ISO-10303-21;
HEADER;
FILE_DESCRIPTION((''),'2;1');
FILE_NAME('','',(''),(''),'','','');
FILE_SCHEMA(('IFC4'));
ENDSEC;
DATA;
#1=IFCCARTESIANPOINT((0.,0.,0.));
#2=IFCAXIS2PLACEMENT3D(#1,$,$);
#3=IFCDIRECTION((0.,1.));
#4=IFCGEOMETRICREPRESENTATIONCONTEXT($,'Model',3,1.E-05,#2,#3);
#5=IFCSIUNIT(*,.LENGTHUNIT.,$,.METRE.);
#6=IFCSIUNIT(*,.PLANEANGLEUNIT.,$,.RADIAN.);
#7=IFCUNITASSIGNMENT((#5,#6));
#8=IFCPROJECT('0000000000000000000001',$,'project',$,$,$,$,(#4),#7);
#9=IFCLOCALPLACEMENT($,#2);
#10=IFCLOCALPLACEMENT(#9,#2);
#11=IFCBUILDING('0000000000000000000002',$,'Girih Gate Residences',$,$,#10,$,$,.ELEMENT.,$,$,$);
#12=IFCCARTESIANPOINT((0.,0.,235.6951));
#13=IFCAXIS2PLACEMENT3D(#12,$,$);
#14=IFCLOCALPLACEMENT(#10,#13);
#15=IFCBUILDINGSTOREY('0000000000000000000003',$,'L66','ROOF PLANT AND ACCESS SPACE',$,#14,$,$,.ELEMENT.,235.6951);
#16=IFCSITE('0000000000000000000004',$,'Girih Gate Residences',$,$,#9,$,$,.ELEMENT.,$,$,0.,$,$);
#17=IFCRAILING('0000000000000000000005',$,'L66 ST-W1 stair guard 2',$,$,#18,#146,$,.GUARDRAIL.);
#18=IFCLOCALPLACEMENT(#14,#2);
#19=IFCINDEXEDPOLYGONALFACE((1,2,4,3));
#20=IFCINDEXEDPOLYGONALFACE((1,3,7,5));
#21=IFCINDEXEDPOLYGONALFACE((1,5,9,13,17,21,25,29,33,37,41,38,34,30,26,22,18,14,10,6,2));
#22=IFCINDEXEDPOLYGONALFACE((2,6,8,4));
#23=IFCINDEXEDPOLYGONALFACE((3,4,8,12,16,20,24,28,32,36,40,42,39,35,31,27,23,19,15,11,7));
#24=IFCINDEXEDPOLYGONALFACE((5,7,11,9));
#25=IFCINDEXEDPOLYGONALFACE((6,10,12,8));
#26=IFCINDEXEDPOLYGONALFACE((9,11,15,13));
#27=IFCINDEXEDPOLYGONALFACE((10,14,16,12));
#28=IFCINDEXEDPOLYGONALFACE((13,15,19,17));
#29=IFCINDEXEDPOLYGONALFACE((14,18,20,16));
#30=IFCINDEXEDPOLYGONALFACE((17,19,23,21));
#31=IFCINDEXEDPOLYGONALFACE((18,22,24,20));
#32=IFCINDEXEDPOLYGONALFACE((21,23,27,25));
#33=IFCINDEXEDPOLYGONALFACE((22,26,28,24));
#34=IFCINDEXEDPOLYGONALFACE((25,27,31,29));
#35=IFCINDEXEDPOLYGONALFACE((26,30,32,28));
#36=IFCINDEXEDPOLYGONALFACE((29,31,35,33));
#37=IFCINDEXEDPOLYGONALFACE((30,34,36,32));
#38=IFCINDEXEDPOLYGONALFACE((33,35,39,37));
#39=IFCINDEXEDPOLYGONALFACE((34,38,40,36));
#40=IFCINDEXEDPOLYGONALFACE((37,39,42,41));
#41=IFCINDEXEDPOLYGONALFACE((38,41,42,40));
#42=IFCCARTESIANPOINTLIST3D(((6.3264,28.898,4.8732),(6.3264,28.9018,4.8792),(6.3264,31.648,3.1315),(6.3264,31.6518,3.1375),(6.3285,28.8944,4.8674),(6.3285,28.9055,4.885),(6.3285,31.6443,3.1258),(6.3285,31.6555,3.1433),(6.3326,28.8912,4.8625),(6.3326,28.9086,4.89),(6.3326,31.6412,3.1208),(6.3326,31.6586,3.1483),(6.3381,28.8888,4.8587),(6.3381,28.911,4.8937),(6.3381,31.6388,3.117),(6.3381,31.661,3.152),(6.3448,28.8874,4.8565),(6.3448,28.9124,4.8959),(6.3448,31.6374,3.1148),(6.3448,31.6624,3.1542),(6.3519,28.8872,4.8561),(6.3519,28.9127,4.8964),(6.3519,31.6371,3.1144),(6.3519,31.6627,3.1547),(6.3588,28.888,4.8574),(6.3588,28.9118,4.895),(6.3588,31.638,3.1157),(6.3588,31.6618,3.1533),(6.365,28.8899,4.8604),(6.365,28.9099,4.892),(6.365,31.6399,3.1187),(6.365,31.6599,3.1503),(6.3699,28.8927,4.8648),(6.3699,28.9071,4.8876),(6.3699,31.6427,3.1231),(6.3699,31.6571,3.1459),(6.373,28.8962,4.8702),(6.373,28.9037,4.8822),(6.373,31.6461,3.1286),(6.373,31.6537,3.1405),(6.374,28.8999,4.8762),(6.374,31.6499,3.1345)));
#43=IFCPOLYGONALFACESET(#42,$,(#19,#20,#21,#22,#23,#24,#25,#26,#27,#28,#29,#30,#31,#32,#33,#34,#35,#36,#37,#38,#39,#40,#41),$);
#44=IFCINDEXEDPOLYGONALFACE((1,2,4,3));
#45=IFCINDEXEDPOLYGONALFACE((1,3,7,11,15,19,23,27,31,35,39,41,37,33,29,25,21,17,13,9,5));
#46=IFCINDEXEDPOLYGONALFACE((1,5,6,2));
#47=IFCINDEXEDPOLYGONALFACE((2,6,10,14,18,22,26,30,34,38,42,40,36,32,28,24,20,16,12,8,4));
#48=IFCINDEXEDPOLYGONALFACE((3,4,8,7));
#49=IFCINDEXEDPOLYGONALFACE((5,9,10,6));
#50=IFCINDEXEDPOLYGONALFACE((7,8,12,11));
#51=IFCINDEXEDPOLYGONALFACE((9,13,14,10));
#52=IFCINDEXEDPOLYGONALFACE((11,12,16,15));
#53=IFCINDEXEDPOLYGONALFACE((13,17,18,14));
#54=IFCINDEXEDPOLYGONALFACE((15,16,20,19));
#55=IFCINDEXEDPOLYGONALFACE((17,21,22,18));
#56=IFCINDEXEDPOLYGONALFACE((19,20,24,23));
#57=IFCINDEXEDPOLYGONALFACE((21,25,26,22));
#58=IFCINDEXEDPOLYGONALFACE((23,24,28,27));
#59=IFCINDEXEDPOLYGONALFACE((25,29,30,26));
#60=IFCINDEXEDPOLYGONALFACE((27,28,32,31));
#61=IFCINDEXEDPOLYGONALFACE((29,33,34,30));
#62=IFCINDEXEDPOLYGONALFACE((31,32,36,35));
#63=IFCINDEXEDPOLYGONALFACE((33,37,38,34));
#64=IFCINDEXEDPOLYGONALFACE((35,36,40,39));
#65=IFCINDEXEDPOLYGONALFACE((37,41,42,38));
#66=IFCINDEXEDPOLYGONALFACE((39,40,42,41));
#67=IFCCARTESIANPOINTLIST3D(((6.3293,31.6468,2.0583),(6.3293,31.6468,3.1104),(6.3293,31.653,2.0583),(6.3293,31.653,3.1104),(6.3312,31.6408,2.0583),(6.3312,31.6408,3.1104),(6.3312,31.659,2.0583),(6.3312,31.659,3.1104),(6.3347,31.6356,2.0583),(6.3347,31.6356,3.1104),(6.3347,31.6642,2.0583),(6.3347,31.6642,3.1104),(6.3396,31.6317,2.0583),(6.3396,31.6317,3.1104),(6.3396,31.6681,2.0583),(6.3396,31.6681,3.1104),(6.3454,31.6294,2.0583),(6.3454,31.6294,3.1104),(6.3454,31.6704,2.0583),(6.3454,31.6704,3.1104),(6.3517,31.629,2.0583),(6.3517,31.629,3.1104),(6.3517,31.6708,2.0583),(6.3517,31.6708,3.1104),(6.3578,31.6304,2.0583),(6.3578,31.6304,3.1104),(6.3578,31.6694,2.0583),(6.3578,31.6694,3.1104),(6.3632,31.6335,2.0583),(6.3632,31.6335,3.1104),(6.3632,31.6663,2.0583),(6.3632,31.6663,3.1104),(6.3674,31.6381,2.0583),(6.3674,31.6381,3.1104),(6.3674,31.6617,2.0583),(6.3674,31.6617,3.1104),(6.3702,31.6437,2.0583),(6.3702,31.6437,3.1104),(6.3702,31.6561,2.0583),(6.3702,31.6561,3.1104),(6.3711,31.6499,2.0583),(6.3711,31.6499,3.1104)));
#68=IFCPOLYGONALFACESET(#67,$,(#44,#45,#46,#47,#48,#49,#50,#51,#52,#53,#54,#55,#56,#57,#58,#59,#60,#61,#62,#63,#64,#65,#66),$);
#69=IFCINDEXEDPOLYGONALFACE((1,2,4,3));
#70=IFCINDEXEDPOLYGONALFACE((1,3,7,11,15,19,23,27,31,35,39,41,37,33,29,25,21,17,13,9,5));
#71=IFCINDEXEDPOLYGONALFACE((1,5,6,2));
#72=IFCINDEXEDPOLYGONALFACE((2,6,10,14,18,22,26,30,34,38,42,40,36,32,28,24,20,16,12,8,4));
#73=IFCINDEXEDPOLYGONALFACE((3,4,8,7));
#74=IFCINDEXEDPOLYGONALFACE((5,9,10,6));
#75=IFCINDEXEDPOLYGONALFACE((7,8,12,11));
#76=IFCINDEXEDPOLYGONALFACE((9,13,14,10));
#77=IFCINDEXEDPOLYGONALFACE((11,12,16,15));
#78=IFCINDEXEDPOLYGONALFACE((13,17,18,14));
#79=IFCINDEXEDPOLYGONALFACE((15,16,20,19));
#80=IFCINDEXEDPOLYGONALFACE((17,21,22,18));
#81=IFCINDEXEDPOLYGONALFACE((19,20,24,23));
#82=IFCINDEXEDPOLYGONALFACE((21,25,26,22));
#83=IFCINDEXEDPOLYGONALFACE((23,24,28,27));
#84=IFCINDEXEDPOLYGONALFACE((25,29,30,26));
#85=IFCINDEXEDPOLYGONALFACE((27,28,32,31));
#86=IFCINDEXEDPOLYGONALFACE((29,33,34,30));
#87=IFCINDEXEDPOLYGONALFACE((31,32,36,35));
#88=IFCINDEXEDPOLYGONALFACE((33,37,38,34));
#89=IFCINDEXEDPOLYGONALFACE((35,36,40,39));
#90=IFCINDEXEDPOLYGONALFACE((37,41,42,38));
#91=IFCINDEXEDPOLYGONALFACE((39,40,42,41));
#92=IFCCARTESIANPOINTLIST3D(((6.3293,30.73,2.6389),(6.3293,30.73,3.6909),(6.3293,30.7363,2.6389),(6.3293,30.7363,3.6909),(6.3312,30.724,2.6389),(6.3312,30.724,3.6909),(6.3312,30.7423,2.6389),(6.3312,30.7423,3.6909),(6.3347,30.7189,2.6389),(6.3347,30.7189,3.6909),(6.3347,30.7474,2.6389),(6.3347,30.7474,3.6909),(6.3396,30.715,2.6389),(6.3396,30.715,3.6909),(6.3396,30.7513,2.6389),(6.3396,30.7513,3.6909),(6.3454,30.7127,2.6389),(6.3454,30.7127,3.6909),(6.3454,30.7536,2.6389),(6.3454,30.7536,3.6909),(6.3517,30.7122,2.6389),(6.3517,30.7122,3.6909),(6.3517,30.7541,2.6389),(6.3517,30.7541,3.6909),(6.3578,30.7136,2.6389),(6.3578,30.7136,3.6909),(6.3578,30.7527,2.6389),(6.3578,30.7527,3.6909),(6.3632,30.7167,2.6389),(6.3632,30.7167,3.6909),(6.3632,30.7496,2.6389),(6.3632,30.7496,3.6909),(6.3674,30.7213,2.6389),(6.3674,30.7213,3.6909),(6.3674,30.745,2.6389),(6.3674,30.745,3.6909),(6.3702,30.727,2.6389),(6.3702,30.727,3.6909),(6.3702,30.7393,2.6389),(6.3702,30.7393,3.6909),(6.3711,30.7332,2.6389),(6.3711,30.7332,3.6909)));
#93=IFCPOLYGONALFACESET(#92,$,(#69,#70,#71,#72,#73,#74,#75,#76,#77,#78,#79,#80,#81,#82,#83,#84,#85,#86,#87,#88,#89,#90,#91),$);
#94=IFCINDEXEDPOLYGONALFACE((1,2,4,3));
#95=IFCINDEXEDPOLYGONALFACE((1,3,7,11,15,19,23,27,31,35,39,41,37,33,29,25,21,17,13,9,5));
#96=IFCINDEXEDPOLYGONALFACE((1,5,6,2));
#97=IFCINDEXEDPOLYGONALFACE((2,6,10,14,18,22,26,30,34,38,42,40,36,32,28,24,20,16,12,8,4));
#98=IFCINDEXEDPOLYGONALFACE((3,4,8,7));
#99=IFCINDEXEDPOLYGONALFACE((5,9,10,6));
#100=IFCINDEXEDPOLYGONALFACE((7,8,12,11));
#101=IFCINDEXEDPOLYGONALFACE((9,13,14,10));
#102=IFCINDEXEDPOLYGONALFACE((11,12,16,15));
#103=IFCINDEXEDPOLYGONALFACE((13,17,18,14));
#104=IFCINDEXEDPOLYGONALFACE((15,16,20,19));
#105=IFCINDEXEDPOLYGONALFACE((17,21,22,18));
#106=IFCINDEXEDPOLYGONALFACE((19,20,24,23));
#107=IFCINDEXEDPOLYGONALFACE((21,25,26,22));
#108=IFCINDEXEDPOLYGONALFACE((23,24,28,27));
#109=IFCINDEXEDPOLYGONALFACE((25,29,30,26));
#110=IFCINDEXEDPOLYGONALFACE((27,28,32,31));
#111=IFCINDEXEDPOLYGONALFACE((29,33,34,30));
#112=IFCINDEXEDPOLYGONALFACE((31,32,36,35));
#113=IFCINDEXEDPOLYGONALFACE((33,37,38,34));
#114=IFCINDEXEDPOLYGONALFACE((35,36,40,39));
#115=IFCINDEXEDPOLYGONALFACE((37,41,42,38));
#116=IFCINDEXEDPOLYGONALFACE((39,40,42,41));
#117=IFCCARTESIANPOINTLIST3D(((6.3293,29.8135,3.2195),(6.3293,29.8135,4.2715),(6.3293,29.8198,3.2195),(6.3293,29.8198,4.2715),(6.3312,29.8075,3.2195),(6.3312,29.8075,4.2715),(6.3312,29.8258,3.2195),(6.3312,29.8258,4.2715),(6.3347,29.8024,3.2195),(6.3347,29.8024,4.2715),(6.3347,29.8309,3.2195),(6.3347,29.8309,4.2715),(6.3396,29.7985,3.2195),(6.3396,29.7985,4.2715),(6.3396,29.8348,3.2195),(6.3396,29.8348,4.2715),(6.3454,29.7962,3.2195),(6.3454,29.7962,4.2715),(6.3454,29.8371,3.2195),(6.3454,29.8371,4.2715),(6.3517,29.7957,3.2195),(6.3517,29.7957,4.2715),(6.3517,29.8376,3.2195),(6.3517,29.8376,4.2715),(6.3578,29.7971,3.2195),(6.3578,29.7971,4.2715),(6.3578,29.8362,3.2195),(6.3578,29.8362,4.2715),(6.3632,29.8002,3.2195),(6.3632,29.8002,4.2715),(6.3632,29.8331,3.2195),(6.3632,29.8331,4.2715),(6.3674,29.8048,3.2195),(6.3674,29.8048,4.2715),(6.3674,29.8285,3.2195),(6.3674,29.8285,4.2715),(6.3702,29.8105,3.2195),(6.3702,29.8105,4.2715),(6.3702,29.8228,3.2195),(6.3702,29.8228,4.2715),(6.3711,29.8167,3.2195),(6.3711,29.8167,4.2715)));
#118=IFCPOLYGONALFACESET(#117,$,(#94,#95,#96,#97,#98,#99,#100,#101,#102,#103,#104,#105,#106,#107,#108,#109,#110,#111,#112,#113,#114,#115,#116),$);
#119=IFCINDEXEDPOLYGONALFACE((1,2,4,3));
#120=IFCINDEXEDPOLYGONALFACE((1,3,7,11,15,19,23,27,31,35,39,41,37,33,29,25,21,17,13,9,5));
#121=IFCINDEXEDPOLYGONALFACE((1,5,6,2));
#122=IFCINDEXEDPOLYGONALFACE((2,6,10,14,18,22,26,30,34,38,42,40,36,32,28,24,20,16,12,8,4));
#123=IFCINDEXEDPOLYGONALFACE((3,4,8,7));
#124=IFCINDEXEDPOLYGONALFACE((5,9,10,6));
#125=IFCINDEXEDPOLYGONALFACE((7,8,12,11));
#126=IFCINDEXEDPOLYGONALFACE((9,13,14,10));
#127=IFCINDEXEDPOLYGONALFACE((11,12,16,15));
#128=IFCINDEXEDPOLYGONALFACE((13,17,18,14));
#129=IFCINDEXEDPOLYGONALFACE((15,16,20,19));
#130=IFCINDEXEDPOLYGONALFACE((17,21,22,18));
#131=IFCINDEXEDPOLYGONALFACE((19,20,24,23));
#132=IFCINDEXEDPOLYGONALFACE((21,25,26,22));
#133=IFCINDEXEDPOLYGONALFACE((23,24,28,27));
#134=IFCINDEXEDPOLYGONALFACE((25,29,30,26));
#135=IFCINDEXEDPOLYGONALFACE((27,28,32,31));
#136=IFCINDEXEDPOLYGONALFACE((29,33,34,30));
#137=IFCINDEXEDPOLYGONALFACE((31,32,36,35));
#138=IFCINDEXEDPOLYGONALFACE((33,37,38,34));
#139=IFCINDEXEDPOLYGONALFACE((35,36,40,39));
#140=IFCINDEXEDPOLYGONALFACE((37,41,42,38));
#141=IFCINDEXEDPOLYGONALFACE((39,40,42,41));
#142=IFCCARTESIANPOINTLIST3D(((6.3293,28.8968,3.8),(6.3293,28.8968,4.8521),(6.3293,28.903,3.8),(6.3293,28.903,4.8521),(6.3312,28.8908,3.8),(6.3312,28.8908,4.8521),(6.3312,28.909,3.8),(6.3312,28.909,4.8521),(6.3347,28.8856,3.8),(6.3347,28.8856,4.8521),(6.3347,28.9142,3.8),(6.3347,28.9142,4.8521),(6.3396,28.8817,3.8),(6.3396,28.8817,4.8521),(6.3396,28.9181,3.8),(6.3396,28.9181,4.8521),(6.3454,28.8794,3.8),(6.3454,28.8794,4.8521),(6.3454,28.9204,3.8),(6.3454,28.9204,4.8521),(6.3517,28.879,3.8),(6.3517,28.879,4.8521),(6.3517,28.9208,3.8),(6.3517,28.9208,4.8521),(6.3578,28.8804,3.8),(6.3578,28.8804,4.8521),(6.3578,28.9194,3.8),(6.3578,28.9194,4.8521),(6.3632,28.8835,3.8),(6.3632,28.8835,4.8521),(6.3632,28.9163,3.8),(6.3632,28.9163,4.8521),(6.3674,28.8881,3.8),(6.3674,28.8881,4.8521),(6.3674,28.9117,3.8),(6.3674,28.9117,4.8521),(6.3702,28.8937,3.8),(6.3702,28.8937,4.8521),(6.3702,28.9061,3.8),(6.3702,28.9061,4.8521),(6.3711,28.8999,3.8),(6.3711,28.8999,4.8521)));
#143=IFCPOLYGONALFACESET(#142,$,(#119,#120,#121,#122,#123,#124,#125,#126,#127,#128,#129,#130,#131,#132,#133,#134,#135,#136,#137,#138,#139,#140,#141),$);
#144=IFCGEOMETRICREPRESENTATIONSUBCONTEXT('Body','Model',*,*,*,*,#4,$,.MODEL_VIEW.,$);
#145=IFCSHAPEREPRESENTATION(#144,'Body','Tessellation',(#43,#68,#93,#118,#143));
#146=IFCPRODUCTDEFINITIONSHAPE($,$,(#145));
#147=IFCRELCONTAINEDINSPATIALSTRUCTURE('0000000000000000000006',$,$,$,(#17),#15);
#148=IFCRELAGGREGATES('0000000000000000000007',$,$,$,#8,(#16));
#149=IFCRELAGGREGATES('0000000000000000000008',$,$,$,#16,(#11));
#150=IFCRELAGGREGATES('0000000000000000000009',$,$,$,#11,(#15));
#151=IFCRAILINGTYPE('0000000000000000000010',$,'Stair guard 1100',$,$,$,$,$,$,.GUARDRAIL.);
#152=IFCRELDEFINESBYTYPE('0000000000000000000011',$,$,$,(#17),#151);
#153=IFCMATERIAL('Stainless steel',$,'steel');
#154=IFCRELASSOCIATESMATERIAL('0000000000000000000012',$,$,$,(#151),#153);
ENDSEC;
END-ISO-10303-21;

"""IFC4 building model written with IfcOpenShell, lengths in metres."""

from ifc_helpers import new_model, si_unit, direction, frame, origin, origin_2d, place, context, subcontext, project, spatial, circle, extrude, material, type_object, element, save


model = new_model("IFC4")

# Units and contexts
model_context = context("Model", 3, precision=1e-05, world=origin(), true_north=direction((0.0, 1.0)))
body_context = subcontext(model_context, "Body", "Model", "MODEL_VIEW")
ifc_project = project(units=[si_unit("LENGTHUNIT", "METRE"), si_unit("PLANEANGLEUNIT", "RADIAN")], contexts=[model_context])

# Site, building, storey
site_placement = place(None, origin())
site = spatial("IfcSite", under=ifc_project, at=site_placement, Name="Girih Gate Residences", CompositionType="ELEMENT", RefElevation=0.0)
building_placement = place(site_placement, origin())
building = spatial("IfcBuilding", under=site, at=building_placement, Name="Girih Gate Residences", CompositionType="ELEMENT")
storey_placement = place(building_placement, frame((0.0, 0.0, 235.6951)))
storey = spatial("IfcBuildingStorey", under=building, at=storey_placement, Name="L66", Description="ROOF PLANT AND ACCESS SPACE", CompositionType="ELEMENT", Elevation=235.6951)

# Shared definitions
ifc_material_1 = material(Name="Stainless steel", Category="steel")

# Railing
railing_type_1 = type_object("IfcRailingType", Name="Stair guard 1100", PredefinedType="GUARDRAIL", material=ifc_material_1)
for number, where, name in (
    (1, (6.3501, 31.6499, 2.0583), "L66 ST-W1 stair guard 2"),
):
    element("IfcRailing", number, at=place(storey_placement, frame(where)), inside=storey, type_object=railing_type_1, Name=name, PredefinedType="GUARDRAIL", context=body_context, shape_type="SweptSolid", body=[
        extrude(circle(Radius=0.0239, at=origin_2d()), frame((0.0, 0.0, 1.0762), z_axis=(0.0, -0.844815, 0.535059), x_axis=(1.0, 0.0, 0.0)), (0.0, 0.0, 1.0), 3.2551),
        extrude(circle(Radius=0.021, at=origin_2d()), origin(), (0.0, 0.0, 1.0), 1.052),
        extrude(circle(Radius=0.021, at=origin_2d()), frame((0.0, -0.9167, 0.5806)), (0.0, 0.0, 1.0), 1.052),
        extrude(circle(Radius=0.021, at=origin_2d()), frame((0.0, -1.8333, 1.1611)), (0.0, 0.0, 1.0), 1.052),
        extrude(circle(Radius=0.021, at=origin_2d()), frame((0.0, -2.75, 1.7417)), (0.0, 0.0, 1.0), 1.052),
    ])

save(model, "model.ifc")
